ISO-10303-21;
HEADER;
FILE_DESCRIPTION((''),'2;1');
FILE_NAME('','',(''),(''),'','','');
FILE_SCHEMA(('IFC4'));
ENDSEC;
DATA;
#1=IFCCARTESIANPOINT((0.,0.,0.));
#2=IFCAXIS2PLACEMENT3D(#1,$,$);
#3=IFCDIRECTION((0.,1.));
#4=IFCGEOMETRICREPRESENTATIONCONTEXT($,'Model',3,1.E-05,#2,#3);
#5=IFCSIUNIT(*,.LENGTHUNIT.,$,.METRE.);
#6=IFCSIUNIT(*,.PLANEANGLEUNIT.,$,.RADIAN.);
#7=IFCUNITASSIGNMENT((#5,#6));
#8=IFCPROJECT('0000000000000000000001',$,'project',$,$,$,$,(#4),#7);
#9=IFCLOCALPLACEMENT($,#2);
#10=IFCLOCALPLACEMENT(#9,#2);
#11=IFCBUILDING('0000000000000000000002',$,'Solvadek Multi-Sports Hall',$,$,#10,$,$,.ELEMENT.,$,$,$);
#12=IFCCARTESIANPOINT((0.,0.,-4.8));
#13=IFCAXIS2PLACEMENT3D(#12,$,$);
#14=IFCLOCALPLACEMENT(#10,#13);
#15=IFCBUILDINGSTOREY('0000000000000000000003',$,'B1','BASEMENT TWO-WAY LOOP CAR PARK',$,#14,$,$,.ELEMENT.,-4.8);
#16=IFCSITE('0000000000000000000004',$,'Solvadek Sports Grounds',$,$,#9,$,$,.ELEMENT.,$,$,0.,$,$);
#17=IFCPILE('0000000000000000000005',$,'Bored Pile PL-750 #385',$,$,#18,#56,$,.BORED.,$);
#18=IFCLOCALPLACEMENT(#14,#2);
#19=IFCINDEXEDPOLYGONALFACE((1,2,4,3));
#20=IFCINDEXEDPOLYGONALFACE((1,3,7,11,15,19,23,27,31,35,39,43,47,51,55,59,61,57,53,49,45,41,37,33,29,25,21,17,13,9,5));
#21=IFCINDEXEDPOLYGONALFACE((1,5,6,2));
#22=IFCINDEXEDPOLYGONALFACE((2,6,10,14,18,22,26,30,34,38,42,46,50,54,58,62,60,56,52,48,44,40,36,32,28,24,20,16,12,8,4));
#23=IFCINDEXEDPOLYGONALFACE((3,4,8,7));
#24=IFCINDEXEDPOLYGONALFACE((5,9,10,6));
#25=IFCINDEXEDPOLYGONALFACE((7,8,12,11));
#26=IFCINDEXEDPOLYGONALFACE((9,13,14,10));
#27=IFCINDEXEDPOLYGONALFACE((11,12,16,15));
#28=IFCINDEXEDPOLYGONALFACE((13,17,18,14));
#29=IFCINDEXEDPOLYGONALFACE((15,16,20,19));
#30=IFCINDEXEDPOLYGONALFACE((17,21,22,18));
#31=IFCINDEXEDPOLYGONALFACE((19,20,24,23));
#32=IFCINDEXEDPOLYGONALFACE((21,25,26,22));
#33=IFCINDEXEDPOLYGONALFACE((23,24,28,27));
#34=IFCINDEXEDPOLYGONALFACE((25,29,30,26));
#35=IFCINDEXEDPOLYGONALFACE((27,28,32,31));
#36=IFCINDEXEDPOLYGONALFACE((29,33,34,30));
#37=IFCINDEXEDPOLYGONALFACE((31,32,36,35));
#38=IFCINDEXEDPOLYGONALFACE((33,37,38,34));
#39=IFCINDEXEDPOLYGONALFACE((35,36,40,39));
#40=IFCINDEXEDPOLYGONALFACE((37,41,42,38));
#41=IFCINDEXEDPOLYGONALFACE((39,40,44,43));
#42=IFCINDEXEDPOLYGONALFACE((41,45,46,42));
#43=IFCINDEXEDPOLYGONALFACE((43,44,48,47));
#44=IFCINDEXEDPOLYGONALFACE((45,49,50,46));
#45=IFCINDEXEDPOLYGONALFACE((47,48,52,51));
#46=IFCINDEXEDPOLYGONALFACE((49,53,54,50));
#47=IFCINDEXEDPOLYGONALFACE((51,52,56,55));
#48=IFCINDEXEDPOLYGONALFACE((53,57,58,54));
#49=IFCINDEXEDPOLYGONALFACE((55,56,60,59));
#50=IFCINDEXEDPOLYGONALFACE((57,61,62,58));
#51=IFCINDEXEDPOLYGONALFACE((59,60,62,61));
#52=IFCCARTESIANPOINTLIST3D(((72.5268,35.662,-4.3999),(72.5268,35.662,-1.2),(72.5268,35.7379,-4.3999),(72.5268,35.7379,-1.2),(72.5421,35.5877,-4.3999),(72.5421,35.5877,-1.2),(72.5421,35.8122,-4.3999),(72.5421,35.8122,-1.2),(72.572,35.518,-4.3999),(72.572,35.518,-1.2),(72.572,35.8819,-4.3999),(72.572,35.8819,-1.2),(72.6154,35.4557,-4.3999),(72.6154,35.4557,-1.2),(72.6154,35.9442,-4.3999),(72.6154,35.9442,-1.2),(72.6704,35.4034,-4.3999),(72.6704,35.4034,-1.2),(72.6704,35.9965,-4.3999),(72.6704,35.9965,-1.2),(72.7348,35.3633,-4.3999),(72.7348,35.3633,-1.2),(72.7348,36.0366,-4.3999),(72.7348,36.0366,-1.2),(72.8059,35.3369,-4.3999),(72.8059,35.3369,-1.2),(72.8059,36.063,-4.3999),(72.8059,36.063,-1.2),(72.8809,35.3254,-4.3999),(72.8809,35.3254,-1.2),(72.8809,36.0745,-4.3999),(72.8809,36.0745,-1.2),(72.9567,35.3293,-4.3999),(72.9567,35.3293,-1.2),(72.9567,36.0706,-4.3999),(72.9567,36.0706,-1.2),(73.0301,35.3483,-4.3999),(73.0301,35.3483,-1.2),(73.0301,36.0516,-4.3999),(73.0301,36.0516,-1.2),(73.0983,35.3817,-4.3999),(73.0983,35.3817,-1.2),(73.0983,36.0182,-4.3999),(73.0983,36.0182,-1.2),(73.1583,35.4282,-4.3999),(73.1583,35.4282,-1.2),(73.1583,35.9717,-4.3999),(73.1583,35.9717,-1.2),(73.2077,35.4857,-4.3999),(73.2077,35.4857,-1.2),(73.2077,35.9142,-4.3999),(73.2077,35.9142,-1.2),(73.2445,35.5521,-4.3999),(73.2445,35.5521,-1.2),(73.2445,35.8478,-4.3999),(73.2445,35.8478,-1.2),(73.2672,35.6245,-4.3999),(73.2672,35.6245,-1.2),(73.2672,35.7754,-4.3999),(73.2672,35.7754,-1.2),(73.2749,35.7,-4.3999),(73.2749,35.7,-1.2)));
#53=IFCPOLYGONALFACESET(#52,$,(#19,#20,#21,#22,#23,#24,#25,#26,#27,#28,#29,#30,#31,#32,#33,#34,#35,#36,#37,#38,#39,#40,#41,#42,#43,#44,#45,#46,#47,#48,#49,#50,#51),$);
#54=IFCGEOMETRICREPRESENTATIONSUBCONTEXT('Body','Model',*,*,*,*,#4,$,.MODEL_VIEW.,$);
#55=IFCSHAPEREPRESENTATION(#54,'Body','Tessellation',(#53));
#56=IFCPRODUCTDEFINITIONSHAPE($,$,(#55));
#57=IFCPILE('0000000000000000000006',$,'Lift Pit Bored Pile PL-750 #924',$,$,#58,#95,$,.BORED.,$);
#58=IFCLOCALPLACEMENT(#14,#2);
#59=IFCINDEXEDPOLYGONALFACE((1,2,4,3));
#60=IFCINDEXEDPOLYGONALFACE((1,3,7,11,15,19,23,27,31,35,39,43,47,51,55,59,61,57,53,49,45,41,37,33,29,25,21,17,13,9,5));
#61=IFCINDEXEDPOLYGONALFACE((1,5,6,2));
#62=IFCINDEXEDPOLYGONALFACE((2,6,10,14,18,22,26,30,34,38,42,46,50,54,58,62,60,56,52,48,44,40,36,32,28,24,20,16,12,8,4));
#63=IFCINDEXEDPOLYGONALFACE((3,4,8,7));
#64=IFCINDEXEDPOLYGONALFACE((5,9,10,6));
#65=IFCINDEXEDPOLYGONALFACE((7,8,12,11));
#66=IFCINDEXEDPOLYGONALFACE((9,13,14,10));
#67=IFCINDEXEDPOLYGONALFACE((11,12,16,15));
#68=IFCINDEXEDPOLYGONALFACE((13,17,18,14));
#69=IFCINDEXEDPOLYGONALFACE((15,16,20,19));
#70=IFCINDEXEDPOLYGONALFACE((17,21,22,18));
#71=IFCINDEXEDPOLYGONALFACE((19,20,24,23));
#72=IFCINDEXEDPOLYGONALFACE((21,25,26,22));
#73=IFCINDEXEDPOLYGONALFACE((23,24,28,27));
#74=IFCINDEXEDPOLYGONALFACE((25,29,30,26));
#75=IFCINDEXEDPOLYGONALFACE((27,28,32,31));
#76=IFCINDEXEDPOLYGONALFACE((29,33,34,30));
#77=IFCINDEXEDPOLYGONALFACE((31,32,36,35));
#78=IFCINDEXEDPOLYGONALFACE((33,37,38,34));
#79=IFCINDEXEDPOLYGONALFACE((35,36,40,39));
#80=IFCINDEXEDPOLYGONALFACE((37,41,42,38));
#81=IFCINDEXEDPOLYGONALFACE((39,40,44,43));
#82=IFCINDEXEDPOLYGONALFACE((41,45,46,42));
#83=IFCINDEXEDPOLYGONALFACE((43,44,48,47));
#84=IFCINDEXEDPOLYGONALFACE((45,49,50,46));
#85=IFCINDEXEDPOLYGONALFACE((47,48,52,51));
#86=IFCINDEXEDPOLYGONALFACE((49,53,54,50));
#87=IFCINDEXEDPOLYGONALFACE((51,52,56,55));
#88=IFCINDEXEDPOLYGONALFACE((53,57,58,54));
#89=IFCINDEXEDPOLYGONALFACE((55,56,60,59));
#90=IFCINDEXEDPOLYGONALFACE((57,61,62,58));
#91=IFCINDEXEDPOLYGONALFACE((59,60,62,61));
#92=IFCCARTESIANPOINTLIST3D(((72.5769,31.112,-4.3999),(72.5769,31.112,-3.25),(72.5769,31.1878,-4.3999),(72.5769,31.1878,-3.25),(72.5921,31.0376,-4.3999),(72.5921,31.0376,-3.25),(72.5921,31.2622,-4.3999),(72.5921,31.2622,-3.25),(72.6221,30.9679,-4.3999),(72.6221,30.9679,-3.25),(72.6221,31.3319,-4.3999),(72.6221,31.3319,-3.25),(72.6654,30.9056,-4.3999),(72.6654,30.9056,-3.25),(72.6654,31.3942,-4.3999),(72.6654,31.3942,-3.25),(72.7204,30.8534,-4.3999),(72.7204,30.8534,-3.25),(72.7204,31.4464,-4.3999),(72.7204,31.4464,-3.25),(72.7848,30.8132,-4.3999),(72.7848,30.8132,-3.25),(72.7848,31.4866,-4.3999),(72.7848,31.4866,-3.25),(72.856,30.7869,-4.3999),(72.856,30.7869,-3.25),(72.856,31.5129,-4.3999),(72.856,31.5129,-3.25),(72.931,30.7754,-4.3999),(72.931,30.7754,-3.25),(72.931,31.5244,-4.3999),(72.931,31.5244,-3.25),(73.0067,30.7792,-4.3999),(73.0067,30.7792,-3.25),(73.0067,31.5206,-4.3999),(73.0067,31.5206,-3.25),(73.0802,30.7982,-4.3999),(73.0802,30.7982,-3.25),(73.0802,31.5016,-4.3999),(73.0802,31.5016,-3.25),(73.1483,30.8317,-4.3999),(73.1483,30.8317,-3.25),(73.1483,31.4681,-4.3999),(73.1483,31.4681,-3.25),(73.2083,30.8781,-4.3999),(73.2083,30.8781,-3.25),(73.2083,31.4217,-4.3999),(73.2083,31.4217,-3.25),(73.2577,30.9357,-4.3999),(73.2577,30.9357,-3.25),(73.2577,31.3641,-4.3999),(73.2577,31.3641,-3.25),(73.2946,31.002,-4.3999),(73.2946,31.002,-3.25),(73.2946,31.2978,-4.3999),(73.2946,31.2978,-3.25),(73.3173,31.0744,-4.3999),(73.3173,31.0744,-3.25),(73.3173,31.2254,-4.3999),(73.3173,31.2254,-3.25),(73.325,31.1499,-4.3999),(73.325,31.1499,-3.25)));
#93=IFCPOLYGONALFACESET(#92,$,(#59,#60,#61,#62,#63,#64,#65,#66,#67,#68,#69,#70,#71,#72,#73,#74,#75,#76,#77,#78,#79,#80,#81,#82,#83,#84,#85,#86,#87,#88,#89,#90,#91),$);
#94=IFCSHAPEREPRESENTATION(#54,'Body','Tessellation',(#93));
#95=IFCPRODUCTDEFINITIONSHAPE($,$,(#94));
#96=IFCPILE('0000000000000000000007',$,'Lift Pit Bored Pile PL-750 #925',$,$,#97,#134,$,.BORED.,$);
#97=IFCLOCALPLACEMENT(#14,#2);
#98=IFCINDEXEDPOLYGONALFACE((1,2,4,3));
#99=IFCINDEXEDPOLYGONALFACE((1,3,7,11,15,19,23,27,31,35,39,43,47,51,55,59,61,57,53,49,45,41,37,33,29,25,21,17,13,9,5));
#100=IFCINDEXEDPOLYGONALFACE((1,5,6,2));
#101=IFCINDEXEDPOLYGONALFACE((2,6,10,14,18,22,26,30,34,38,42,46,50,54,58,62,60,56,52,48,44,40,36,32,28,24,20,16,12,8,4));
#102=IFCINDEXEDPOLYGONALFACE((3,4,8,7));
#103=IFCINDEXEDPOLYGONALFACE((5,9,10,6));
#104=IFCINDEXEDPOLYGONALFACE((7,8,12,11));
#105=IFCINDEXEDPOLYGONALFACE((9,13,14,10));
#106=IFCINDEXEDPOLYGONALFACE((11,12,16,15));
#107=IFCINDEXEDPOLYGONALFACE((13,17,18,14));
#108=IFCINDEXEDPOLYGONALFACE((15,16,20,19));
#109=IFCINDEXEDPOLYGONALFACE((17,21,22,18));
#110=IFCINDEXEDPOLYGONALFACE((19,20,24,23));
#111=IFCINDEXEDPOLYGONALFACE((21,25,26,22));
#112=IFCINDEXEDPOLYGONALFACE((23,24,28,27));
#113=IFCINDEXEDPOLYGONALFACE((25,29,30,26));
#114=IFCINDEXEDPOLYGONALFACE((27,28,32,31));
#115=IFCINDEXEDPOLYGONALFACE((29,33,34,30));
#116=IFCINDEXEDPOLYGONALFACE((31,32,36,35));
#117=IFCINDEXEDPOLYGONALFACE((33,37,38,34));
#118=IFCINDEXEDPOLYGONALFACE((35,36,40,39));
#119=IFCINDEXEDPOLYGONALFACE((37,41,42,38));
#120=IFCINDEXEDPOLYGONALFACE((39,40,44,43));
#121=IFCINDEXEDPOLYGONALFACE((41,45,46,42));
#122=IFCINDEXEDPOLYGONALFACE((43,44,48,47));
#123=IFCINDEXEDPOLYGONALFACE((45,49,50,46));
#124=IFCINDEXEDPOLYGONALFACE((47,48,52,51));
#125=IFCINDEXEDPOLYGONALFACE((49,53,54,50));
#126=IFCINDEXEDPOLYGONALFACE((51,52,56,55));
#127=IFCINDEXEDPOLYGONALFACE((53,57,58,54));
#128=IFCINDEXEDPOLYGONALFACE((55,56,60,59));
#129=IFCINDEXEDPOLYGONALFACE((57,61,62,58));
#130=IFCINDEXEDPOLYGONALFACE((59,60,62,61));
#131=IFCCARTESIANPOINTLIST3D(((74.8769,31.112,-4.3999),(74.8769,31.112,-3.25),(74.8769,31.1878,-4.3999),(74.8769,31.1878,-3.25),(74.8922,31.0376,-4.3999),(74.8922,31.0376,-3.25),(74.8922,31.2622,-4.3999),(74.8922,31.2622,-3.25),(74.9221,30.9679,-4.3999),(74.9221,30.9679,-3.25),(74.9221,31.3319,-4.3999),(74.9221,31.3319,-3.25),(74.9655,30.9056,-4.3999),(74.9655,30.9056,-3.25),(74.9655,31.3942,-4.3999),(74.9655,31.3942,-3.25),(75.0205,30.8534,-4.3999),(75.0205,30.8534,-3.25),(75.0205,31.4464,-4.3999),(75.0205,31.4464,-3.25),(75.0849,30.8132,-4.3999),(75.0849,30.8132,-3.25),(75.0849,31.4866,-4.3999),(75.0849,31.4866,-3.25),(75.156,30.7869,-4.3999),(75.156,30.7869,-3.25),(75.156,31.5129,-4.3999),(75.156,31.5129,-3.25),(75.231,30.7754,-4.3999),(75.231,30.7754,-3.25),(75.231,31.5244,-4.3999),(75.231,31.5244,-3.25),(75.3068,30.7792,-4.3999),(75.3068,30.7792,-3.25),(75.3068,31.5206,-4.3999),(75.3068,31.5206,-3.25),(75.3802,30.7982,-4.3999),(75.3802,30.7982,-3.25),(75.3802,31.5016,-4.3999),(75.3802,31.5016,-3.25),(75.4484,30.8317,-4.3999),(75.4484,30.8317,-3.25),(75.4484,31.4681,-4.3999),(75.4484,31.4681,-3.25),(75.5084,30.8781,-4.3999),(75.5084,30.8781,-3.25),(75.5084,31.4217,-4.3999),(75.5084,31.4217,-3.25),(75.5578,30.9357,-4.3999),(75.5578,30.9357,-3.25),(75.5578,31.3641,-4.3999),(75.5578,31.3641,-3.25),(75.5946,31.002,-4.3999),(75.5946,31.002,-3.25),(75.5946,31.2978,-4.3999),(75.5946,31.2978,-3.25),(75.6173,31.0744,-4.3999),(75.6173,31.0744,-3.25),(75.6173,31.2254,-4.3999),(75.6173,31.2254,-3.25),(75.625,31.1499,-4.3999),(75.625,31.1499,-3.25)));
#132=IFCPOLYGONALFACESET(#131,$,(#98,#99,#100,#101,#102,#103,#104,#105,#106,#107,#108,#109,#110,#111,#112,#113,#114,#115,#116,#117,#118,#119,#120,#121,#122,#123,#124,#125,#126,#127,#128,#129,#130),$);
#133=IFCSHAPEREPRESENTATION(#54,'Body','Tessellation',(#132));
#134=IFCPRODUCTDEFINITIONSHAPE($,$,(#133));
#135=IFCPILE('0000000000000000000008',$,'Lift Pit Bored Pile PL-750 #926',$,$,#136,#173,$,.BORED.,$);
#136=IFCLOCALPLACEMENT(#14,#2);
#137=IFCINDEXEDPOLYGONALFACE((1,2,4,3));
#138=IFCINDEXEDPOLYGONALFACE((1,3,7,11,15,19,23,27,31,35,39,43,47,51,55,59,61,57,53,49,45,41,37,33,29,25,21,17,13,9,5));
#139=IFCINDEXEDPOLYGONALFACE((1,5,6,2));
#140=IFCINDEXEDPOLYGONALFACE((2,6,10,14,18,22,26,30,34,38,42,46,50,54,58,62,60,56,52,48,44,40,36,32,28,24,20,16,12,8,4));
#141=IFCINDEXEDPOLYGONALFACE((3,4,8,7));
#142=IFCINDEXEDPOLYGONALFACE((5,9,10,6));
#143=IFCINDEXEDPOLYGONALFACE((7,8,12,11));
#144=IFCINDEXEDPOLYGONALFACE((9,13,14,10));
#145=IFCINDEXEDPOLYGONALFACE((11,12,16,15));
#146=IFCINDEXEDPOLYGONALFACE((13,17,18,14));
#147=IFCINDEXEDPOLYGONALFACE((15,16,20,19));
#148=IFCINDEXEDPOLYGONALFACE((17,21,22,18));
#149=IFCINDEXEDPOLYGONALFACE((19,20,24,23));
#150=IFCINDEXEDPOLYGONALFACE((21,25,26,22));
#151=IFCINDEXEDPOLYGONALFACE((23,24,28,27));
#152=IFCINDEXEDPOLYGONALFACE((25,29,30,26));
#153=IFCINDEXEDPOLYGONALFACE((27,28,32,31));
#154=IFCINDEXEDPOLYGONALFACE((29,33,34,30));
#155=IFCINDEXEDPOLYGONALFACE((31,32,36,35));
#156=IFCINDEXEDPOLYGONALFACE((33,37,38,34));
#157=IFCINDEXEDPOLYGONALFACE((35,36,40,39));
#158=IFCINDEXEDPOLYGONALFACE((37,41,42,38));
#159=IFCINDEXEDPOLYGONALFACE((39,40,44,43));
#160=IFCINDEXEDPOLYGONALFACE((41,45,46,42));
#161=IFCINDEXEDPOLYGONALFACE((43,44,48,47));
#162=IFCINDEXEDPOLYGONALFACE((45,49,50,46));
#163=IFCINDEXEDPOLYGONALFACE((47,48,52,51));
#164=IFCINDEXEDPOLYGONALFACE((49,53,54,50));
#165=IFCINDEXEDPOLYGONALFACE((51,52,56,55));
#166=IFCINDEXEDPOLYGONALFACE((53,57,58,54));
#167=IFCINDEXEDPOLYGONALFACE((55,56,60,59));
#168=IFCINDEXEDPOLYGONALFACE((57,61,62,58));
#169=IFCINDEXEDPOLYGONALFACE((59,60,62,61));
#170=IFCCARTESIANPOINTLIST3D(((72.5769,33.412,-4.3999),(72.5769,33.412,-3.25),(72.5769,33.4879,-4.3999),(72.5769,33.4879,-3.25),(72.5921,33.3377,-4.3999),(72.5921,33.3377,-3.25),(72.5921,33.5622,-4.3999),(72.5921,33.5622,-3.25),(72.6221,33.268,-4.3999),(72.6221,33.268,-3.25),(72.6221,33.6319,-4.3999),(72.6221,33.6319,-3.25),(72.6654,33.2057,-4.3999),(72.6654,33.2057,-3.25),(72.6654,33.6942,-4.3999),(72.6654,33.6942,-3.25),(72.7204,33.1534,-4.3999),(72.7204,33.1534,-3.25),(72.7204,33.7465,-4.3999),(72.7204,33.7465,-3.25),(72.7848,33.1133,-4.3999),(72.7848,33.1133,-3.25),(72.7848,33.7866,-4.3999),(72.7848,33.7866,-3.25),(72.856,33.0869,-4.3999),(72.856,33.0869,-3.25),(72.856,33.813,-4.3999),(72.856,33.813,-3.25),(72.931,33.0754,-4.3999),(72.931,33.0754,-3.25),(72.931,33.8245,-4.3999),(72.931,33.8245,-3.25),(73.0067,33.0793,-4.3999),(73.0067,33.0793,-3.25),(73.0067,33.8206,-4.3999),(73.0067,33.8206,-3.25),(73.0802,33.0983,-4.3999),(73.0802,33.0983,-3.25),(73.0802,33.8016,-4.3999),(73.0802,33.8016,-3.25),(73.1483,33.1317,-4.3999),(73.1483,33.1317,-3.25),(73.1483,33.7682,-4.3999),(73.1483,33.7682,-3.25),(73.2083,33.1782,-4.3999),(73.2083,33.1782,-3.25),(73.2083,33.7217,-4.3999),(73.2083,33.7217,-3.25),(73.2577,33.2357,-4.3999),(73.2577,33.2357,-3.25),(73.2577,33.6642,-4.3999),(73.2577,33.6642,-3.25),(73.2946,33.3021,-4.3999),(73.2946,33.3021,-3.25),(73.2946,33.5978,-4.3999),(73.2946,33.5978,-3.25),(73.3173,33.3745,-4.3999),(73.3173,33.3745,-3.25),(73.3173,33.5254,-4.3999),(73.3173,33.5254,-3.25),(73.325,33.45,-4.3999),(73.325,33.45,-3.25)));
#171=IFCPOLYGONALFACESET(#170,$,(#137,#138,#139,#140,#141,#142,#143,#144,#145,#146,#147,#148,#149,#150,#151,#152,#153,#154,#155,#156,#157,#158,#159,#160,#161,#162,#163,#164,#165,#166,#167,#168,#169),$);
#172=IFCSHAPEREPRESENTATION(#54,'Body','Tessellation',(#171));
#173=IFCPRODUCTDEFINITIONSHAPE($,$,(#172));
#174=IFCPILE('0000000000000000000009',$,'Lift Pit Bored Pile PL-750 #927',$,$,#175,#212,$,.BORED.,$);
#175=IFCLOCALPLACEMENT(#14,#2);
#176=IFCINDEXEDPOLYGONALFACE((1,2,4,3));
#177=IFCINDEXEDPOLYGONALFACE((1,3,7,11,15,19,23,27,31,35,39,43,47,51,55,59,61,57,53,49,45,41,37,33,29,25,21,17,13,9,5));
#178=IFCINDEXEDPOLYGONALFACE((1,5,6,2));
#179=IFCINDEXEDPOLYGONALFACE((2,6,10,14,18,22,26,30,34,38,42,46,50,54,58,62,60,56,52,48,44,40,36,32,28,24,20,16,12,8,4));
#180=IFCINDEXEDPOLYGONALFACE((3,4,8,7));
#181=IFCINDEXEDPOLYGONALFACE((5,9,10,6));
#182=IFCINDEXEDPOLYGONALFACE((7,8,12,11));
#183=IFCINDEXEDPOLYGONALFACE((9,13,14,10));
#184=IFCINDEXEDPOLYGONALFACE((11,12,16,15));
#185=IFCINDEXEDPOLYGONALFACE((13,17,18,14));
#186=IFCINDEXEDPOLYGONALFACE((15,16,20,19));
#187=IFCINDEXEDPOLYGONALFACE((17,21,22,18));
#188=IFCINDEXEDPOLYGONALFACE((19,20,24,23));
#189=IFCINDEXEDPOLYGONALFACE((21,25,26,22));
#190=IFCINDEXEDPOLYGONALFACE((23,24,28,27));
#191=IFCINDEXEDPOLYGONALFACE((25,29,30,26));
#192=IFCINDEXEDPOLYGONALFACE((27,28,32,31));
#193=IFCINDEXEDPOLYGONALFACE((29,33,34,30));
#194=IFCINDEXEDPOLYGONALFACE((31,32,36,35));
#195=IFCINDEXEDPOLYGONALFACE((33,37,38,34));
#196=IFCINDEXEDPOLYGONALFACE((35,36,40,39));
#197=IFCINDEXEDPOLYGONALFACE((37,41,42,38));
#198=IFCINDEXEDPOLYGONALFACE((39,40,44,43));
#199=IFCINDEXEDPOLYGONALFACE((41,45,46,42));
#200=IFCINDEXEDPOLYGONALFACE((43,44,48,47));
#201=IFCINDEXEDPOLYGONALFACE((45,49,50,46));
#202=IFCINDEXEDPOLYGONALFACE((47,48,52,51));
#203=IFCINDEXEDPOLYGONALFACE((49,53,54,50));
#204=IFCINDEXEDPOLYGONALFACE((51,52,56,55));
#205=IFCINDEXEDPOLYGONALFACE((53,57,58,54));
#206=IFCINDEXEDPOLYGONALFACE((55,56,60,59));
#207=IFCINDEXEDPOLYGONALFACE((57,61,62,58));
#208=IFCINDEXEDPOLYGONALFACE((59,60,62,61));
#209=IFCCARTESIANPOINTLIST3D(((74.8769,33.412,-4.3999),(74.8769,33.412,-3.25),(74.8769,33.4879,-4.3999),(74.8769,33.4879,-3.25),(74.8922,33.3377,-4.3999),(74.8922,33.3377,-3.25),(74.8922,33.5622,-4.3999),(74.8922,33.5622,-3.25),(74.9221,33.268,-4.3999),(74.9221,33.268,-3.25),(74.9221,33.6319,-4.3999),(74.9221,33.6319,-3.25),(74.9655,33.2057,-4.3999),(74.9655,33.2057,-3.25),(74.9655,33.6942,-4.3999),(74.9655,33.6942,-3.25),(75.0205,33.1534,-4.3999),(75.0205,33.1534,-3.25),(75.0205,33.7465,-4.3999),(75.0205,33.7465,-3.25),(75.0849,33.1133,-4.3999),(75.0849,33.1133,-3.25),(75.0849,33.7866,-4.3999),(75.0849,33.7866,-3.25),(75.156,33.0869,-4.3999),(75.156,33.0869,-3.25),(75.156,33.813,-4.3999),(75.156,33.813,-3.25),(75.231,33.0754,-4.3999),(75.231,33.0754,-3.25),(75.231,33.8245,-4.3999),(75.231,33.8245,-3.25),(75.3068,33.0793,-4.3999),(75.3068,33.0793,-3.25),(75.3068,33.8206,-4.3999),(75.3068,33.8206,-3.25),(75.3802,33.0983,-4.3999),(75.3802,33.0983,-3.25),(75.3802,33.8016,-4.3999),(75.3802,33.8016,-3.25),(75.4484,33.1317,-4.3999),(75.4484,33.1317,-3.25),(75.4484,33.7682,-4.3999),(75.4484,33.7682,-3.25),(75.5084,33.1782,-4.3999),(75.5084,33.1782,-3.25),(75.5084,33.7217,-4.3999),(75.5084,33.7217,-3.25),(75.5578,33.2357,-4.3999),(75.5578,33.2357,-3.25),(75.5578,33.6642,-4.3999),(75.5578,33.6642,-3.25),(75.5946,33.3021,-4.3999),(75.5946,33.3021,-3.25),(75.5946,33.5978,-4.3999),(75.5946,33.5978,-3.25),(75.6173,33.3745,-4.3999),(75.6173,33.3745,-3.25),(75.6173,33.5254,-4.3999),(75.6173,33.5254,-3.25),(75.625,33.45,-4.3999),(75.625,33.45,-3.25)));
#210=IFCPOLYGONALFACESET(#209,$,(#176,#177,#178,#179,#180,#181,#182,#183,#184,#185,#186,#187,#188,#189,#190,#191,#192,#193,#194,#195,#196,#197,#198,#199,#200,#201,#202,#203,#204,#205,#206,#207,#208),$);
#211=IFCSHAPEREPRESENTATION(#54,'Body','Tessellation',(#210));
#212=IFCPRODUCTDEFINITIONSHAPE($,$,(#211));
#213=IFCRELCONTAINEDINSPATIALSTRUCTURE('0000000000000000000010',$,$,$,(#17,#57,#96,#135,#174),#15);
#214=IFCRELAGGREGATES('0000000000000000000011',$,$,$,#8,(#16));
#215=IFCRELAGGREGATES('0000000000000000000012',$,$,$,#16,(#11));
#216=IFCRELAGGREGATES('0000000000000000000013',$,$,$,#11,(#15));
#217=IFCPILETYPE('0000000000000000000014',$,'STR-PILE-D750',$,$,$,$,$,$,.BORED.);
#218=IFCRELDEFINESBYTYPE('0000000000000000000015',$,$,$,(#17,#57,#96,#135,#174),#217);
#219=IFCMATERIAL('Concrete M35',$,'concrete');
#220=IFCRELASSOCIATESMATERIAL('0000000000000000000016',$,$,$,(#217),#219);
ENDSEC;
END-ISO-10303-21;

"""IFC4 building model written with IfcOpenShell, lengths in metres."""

from ifc_helpers import new_model, si_unit, direction, frame, origin, origin_2d, place, context, subcontext, project, spatial, circle, extrude, material, material_profile, profile_set, type_object, element, save


model = new_model("IFC4")

# Units and contexts
model_context = context("Model", 3, precision=1e-05, world=origin(), true_north=direction((0.0, 1.0)))
body_context = subcontext(model_context, "Body", "Model", "MODEL_VIEW")
ifc_project = project(units=[si_unit("LENGTHUNIT", "METRE"), si_unit("PLANEANGLEUNIT", "RADIAN")], contexts=[model_context])

# Site, building, storey
site_placement = place(None, origin())
site = spatial("IfcSite", under=ifc_project, at=site_placement, Name="Solvadek Sports Grounds", CompositionType="ELEMENT", RefElevation=0.0)
building_placement = place(site_placement, origin())
building = spatial("IfcBuilding", under=site, at=building_placement, Name="Solvadek Multi-Sports Hall", CompositionType="ELEMENT")
storey_placement = place(building_placement, frame((0.0, 0.0, -4.8)))
storey = spatial("IfcBuildingStorey", under=building, at=storey_placement, Name="B1", Description="BASEMENT TWO-WAY LOOP CAR PARK", CompositionType="ELEMENT", Elevation=-4.8)

# Piles
ifc_material_1 = material(Name="Concrete M35", Category="concrete")
ifc_material_profile_1 = material_profile(ifc_material_1, circle(Radius=0.375, at=origin_2d()), Name="BORED PILE D750")
ifc_profile_set_1 = profile_set([ifc_material_profile_1], Name="Concrete M35")
pile_type_1 = type_object("IfcPileType", Name="STR-PILE-D750", PredefinedType="BORED", material=ifc_profile_set_1)
for number, where, z_axis, x_axis, name in (
    (1, (72.8999, 35.7, -1.2), (0.0, 0.0, -1.0), (1.0, 0.0, 0.0), "Bored Pile PL-750 #385"),
):
    element("IfcPile", number, at=place(storey_placement, frame(where, z_axis=z_axis, x_axis=x_axis)), inside=storey, type_object=pile_type_1, Name=name, PredefinedType="BORED", context=body_context, shape_type="SweptSolid", body=[
        extrude(circle(Radius=0.375, at=origin_2d()), origin(), (0.0, 0.0, 1.0), 3.2),
    ])
for number, where, z_axis, x_axis, name in (
    (2, (72.95, 31.1499, -3.25), (0.0, 0.0, -1.0), (1.0, 0.0, 0.0), "Lift Pit Bored Pile PL-750 #924"),
    (3, (75.25, 31.1499, -3.25), (0.0, 0.0, -1.0), (1.0, 0.0, 0.0), "Lift Pit Bored Pile PL-750 #925"),
    (4, (72.95, 33.45, -3.25), (0.0, 0.0, -1.0), (1.0, 0.0, 0.0), "Lift Pit Bored Pile PL-750 #926"),
    (5, (75.25, 33.45, -3.25), (0.0, 0.0, -1.0), (1.0, 0.0, 0.0), "Lift Pit Bored Pile PL-750 #927"),
):
    element("IfcPile", number, at=place(storey_placement, frame(where, z_axis=z_axis, x_axis=x_axis)), inside=storey, type_object=pile_type_1, Name=name, PredefinedType="BORED", context=body_context, shape_type="SweptSolid", body=[
        extrude(circle(Radius=0.375, at=origin_2d()), origin(), (0.0, 0.0, 1.0), 1.1499),
    ])

save(model, "model.ifc")
